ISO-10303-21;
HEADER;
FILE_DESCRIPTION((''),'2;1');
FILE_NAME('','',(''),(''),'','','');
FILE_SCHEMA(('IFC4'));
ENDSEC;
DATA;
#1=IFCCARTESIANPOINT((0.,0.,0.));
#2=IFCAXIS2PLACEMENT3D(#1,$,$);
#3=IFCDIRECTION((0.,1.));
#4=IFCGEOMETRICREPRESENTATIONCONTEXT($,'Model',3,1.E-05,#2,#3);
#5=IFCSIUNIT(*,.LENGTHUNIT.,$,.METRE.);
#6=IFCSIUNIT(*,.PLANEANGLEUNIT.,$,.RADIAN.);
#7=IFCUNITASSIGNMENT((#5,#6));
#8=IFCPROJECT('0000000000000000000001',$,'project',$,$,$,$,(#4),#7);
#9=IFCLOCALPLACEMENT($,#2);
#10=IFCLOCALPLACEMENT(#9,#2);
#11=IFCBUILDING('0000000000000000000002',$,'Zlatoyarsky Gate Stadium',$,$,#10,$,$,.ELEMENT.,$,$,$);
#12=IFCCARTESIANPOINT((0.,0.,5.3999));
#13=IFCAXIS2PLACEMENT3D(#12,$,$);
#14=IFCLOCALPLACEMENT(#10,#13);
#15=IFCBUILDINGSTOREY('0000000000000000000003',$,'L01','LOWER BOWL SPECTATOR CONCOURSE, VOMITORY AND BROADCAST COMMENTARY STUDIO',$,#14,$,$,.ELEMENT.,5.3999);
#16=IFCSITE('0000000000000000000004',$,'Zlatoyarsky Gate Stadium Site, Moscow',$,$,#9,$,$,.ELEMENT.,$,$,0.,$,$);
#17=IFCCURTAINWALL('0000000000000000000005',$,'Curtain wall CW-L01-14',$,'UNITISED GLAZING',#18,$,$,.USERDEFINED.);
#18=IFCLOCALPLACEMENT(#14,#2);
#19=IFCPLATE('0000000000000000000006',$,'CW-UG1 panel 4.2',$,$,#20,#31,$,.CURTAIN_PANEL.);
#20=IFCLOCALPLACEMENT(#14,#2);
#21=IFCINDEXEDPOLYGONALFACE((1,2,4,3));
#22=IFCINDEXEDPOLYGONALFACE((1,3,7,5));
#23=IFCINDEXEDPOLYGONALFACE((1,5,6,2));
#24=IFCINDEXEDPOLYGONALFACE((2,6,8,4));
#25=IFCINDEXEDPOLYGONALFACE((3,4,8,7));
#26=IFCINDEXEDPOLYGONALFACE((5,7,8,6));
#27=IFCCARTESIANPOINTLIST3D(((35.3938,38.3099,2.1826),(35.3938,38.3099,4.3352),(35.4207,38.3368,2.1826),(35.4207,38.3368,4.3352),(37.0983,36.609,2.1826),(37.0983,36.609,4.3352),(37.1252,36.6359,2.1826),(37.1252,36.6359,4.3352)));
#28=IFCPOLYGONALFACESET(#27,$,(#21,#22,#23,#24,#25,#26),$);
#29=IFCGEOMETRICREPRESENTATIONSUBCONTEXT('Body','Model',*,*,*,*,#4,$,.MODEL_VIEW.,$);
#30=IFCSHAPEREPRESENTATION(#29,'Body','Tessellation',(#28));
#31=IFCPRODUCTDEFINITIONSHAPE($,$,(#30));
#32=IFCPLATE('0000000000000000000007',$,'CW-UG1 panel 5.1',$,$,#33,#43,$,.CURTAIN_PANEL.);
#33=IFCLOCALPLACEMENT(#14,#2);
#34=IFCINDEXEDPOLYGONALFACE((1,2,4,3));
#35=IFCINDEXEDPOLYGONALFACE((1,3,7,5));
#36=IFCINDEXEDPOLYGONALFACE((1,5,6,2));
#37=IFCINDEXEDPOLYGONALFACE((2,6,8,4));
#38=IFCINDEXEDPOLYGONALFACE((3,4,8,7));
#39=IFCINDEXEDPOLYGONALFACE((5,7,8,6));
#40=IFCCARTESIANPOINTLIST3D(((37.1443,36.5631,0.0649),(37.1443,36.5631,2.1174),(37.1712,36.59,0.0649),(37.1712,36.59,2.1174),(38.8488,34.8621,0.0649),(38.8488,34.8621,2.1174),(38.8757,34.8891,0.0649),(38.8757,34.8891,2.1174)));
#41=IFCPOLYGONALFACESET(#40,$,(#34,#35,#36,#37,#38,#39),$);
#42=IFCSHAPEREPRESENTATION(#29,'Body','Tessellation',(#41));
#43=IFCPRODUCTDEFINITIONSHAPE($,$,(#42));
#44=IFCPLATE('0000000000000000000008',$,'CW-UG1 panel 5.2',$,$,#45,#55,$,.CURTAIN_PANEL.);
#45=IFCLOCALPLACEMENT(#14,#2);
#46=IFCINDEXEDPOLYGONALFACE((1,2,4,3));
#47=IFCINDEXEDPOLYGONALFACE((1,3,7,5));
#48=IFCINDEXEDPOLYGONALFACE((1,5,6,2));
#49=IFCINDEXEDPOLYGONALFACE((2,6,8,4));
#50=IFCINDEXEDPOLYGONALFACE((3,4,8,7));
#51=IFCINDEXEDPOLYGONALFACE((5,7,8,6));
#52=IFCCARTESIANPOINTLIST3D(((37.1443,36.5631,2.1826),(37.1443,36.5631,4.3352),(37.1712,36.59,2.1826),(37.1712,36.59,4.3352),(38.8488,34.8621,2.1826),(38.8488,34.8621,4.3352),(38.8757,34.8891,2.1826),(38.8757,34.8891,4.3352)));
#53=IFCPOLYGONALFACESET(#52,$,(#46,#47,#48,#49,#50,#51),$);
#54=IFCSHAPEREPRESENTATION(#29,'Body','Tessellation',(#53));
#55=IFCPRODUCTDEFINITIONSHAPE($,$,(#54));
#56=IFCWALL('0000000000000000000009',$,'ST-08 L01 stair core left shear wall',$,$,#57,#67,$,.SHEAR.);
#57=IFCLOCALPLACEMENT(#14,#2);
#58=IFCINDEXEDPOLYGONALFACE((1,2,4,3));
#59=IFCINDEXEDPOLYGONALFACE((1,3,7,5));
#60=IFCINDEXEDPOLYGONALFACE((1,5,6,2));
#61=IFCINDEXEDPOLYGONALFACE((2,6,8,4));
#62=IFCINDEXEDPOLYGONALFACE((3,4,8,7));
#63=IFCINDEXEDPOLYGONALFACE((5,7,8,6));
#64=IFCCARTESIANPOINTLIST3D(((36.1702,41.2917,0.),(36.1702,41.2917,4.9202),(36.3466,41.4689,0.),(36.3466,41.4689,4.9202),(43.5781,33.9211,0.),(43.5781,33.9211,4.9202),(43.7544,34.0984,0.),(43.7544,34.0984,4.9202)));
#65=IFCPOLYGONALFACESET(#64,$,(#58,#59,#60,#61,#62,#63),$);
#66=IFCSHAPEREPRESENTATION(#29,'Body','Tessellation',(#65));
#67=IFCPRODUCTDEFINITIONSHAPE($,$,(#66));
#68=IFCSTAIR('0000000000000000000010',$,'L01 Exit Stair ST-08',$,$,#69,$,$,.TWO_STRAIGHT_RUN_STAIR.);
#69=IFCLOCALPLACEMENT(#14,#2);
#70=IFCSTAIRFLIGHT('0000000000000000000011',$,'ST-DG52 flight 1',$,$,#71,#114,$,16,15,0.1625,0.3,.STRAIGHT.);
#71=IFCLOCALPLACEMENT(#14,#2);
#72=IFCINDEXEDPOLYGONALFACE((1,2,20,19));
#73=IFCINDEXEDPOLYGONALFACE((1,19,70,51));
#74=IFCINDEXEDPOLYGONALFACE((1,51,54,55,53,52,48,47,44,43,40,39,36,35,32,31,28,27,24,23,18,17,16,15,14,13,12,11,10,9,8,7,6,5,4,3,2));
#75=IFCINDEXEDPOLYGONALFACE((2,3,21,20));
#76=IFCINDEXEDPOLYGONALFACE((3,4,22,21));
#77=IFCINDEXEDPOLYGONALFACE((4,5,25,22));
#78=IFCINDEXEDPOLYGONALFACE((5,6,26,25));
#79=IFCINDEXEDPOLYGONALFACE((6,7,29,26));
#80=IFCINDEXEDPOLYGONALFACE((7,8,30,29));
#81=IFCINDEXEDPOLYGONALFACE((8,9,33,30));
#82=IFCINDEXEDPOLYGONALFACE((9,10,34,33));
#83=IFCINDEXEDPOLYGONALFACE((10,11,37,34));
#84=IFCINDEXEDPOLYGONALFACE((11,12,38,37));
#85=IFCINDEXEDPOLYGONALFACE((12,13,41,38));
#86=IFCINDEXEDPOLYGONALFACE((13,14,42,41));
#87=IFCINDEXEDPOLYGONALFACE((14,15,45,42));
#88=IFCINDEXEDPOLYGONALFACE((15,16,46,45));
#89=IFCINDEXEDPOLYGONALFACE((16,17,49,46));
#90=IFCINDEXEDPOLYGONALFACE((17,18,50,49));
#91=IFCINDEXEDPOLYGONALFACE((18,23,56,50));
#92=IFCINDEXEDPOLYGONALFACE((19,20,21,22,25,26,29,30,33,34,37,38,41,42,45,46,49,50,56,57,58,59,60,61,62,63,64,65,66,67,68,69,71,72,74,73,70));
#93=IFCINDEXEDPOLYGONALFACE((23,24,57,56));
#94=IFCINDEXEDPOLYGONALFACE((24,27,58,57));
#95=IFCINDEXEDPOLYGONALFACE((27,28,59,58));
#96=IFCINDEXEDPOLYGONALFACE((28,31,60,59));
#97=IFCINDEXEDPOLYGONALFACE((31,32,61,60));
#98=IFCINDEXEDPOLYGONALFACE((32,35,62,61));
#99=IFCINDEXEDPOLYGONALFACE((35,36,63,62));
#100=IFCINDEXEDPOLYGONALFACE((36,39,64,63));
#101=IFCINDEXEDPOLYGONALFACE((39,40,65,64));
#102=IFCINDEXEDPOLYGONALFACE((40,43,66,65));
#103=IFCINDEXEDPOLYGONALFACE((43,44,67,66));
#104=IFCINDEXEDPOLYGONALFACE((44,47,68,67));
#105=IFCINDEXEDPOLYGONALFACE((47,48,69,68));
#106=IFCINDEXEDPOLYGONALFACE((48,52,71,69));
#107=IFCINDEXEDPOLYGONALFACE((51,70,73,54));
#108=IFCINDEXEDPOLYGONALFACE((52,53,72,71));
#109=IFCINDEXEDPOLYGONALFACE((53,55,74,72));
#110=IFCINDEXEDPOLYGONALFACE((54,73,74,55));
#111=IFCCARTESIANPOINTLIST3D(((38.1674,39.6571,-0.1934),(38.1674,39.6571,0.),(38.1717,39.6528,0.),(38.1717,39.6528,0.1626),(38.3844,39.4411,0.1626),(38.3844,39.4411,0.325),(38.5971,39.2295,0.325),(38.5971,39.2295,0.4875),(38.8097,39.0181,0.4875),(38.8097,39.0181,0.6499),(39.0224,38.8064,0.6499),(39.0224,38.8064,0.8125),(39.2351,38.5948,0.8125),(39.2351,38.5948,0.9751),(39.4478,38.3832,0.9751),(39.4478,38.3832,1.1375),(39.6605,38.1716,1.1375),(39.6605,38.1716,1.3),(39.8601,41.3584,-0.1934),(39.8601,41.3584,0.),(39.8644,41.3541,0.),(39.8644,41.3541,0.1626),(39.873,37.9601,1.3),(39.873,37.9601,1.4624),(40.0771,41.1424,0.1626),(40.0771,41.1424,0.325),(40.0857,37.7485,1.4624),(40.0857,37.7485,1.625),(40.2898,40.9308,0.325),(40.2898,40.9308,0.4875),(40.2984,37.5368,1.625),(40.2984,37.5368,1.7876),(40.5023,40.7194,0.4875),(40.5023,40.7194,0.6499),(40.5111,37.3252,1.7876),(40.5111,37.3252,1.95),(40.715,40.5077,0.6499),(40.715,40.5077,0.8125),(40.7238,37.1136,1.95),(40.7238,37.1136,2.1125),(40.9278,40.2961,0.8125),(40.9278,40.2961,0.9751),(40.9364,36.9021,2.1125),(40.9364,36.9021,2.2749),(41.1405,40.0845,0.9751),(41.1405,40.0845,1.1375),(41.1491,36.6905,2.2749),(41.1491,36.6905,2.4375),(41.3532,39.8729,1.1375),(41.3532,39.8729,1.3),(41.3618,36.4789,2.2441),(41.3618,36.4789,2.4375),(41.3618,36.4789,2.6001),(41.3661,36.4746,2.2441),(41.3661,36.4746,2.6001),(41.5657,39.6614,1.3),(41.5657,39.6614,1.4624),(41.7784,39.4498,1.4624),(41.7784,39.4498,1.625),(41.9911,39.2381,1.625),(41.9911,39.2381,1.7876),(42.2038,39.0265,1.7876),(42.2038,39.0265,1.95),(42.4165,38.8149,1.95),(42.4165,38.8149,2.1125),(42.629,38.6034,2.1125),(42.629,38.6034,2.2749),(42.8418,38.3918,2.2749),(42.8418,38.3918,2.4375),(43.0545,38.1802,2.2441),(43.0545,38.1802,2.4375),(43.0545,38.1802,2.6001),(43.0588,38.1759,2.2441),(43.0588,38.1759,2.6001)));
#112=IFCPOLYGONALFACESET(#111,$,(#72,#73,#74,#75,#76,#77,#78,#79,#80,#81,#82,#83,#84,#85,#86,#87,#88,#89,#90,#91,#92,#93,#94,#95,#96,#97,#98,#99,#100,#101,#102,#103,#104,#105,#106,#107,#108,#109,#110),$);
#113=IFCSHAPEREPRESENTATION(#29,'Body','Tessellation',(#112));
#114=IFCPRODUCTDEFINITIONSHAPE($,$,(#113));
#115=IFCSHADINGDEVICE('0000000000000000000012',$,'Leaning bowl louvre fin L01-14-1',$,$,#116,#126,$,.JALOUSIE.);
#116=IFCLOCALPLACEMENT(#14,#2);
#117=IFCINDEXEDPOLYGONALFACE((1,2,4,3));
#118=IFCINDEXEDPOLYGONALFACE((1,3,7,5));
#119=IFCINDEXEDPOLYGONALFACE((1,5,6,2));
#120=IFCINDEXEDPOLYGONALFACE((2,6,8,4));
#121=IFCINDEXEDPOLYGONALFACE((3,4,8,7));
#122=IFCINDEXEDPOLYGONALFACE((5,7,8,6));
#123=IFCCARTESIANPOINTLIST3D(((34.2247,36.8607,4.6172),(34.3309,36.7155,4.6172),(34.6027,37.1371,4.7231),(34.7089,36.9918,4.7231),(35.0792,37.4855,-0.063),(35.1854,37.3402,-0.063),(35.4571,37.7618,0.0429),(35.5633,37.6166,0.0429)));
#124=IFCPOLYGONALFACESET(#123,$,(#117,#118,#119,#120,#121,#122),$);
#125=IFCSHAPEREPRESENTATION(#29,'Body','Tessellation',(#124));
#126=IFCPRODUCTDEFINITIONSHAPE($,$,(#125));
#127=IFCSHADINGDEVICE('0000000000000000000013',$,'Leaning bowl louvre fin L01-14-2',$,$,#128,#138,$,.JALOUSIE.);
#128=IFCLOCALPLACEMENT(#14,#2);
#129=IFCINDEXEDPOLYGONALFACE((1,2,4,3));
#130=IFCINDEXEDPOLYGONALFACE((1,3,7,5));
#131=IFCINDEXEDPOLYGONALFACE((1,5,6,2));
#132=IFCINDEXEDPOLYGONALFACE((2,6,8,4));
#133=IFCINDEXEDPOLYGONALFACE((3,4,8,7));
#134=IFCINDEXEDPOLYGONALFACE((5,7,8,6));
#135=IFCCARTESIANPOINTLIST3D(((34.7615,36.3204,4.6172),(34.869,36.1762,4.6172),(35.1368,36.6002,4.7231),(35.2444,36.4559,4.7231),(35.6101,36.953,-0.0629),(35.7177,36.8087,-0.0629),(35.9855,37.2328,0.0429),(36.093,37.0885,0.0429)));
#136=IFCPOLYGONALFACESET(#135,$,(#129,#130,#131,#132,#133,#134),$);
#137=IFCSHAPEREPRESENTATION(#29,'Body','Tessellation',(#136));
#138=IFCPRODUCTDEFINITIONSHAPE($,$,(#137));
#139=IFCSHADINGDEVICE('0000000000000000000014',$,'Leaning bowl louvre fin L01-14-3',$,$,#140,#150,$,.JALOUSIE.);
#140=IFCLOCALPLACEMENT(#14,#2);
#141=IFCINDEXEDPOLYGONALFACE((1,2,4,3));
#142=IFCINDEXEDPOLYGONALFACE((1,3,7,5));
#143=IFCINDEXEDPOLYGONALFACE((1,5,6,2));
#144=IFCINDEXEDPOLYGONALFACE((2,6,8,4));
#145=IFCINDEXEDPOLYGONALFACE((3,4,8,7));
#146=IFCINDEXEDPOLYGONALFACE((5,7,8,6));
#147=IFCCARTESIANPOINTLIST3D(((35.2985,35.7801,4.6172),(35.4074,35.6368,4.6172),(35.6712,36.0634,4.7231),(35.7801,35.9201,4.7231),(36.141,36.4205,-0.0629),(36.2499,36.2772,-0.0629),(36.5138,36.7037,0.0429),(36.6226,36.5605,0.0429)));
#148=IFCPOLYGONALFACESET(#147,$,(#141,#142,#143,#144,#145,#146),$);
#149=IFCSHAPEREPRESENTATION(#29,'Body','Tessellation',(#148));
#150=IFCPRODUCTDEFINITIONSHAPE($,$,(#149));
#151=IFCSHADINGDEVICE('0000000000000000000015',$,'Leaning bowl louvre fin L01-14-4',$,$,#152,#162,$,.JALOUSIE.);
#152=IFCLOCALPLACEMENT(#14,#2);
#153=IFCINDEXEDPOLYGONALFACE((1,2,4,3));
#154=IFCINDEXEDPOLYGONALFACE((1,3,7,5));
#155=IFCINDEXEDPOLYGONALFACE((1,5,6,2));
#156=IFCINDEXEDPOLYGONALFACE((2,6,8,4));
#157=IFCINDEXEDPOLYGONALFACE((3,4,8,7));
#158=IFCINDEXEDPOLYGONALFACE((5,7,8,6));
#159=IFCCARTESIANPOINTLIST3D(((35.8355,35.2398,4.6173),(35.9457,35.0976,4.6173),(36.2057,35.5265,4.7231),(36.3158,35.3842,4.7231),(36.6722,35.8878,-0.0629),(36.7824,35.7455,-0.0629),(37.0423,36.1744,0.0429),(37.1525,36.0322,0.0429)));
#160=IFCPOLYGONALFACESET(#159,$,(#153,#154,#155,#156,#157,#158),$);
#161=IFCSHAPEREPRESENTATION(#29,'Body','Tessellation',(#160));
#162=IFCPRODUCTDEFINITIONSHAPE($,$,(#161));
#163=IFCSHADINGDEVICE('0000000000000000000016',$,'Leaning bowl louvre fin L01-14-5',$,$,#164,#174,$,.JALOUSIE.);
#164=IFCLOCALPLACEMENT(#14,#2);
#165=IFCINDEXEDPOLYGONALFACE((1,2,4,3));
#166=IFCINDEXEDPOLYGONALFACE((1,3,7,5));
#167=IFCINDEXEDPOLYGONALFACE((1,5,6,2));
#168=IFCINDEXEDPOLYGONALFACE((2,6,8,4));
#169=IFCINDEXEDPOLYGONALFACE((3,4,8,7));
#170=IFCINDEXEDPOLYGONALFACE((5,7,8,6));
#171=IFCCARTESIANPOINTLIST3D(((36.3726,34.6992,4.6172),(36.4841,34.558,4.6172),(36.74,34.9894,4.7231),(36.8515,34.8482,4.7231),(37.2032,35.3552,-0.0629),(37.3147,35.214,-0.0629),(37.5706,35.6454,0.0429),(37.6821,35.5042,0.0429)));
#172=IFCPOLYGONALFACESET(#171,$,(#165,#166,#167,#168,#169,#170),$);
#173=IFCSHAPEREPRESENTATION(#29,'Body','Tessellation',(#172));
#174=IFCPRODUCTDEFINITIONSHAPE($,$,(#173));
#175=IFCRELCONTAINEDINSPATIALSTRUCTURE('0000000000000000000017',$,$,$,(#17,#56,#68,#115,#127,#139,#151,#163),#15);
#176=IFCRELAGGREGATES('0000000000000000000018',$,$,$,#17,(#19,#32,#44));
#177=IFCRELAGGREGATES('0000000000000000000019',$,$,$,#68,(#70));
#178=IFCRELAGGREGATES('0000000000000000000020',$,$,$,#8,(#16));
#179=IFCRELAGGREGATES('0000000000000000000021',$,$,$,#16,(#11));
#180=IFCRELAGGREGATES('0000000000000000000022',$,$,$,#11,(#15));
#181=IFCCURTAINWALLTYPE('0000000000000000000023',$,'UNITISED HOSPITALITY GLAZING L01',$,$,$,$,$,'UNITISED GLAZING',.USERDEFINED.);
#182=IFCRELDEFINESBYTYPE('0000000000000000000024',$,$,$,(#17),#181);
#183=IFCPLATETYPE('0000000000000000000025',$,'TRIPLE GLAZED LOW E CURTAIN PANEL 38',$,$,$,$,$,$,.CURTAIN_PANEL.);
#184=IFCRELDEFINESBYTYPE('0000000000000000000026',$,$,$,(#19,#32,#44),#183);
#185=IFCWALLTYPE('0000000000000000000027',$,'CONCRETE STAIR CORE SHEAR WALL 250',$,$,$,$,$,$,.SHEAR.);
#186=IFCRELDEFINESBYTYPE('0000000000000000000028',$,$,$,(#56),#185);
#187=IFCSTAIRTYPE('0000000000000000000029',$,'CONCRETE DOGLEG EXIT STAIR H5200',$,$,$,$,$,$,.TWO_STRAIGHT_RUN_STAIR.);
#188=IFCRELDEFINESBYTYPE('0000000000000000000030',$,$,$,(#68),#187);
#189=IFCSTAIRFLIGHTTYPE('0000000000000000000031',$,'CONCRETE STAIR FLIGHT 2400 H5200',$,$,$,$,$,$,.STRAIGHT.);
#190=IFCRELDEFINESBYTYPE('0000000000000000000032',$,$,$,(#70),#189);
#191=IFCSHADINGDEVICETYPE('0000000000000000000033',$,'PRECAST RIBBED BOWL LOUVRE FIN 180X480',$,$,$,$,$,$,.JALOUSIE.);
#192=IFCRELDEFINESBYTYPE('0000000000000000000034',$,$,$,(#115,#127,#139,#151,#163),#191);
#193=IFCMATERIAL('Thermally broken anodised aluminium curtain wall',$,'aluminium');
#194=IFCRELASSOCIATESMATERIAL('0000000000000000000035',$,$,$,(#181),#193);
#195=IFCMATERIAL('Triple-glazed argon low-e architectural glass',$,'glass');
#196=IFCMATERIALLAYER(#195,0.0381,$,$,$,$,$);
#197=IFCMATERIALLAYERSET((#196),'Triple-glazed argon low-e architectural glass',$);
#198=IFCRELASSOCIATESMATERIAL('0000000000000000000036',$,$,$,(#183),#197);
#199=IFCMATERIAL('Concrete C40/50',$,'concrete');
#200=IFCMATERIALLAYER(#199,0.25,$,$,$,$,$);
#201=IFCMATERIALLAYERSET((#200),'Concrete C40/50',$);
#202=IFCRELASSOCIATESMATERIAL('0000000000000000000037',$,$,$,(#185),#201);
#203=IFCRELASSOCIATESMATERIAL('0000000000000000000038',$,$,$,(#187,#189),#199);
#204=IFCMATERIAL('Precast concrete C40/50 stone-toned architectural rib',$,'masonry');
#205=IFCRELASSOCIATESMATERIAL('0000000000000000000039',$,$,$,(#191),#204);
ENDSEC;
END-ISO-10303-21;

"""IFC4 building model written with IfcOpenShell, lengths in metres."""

from ifc_helpers import new_model, si_unit, direction, frame, frame_2d, origin, origin_2d, place, context, subcontext, project, spatial, polyline, rectangle, outline, extrude, material, layer, layer_set, material_profile, profile_set, type_object, element, aggregate, save


model = new_model("IFC4")

# Units and contexts
model_context = context("Model", 3, precision=1e-05, world=origin(), true_north=direction((0.0, 1.0)))
body_context = subcontext(model_context, "Body", "Model", "MODEL_VIEW")
ifc_project = project(units=[si_unit("LENGTHUNIT", "METRE"), si_unit("PLANEANGLEUNIT", "RADIAN")], contexts=[model_context])

# Site, building, storey
site_placement = place(None, origin())
site = spatial("IfcSite", under=ifc_project, at=site_placement, Name="Zlatoyarsky Gate Stadium Site, Moscow", CompositionType="ELEMENT", RefElevation=0.0)
building_placement = place(site_placement, origin())
building = spatial("IfcBuilding", under=site, at=building_placement, Name="Zlatoyarsky Gate Stadium", CompositionType="ELEMENT")
storey_placement = place(building_placement, frame((0.0, 0.0, 5.3999)))
storey = spatial("IfcBuildingStorey", under=building, at=storey_placement, Name="L01", Description="LOWER BOWL SPECTATOR CONCOURSE, VOMITORY AND BROADCAST COMMENTARY STUDIO", CompositionType="ELEMENT", Elevation=5.3999)

# Curtain wall
ifc_material_1 = material(Name="Thermally broken anodised aluminium curtain wall", Category="aluminium")
curtain_wall_type = type_object("IfcCurtainWallType", Name="UNITISED HOSPITALITY GLAZING L01", ElementType="UNITISED GLAZING", PredefinedType="USERDEFINED", material=ifc_material_1)
curtain_wall_placement = place(storey_placement, origin())
curtain_wall = element("IfcCurtainWall", 1, at=curtain_wall_placement, inside=storey, type_object=curtain_wall_type, Name="Curtain wall CW-L01-14", ObjectType="UNITISED GLAZING", PredefinedType="USERDEFINED")

# Plates
ifc_material_2 = material(Name="Triple-glazed argon low-e architectural glass", Category="glass")
ifc_layer_1 = layer(ifc_material_2, 0.0381)
ifc_layer_set_1 = layer_set([ifc_layer_1], Name="Triple-glazed argon low-e architectural glass")
plate_type_1 = type_object("IfcPlateType", Name="TRIPLE GLAZED LOW E CURTAIN PANEL 38", PredefinedType="CURTAIN_PANEL", material=ifc_layer_set_1)
plate_1_placement = place(storey_placement, frame((36.2595, 37.4729, 2.1826), z_axis=(0.0, 0.0, 1.0), x_axis=(0.707839, -0.706373, 0.0)))
plate_1 = element("IfcPlate", 2, at=plate_1_placement, type_object=plate_type_1, Name="CW-UG1 panel 4.2", PredefinedType="CURTAIN_PANEL", context=body_context, shape_type="SweptSolid", body=[
    extrude(rectangle(XDim=2.408, YDim=0.0381, at=origin_2d()), origin(), (0.0, 0.0, 1.0), 2.1526),
])
plate_2_placement = place(storey_placement, frame((38.01, 35.7261, 0.0649), z_axis=(0.0, 0.0, 1.0), x_axis=(0.707839, -0.706373, 0.0)))
plate_2 = element("IfcPlate", 3, at=plate_2_placement, type_object=plate_type_1, Name="CW-UG1 panel 5.1", PredefinedType="CURTAIN_PANEL", context=body_context, shape_type="SweptSolid", body=[
    extrude(rectangle(XDim=2.408, YDim=0.0381, at=origin_2d()), origin(), (0.0, 0.0, 1.0), 2.0525),
])
plate_3_placement = place(storey_placement, frame((38.01, 35.7261, 2.1826), z_axis=(0.0, 0.0, 1.0), x_axis=(0.707839, -0.706373, 0.0)))
plate_3 = element("IfcPlate", 4, at=plate_3_placement, type_object=plate_type_1, Name="CW-UG1 panel 5.2", PredefinedType="CURTAIN_PANEL", context=body_context, shape_type="SweptSolid", body=[
    extrude(rectangle(XDim=2.408, YDim=0.0381, at=origin_2d()), origin(), (0.0, 0.0, 1.0), 2.1526),
])
aggregate(curtain_wall, [plate_1, plate_2, plate_3])

# Wall
ifc_material_3 = material(Name="Concrete C40/50", Category="concrete")
ifc_layer_2 = layer(ifc_material_3, 0.25)
ifc_layer_set_2 = layer_set([ifc_layer_2], Name="Concrete C40/50")
wall_type = type_object("IfcWallType", Name="CONCRETE STAIR CORE SHEAR WALL 250", PredefinedType="SHEAR", material=ifc_layer_set_2)
wall_placement = place(storey_placement, frame((36.2583, 41.3804, 0.0), z_axis=(0.0, 0.0, 1.0), x_axis=(0.708892, -0.705317, 0.0)))
element("IfcWall", 5, at=wall_placement, inside=storey, type_object=wall_type, Name="ST-08 L01 stair core left shear wall", PredefinedType="SHEAR", context=body_context, shape_type="SweptSolid", body=[
    extrude(rectangle(XDim=10.45, YDim=0.25, at=frame_2d((5.2251, 0.0))), origin(), (0.0, 0.0, 1.0), 4.9202),
])

# Stair, stair flight
stair_type = type_object("IfcStairType", Name="CONCRETE DOGLEG EXIT STAIR H5200", PredefinedType="TWO_STRAIGHT_RUN_STAIR", material=ifc_material_3)
stair_placement = place(storey_placement, origin())
stair = element("IfcStair", 6, at=stair_placement, inside=storey, type_object=stair_type, Name="L01 Exit Stair ST-08", PredefinedType="TWO_STRAIGHT_RUN_STAIR")
stair_flight_type = type_object("IfcStairFlightType", Name="CONCRETE STAIR FLIGHT 2400 H5200", PredefinedType="STRAIGHT", material=ifc_material_3)
stair_flight_placement = place(storey_placement, frame((39.0181, 40.5034, 0.0), z_axis=(0.0, 0.0, 1.0), x_axis=(0.708901, -0.705308, 0.0)))
stair_flight = element("IfcStairFlight", 7, at=stair_flight_placement, type_object=stair_flight_type, Name="ST-DG52 flight 1", NumberOfRisers=16, NumberOfTreads=15, PredefinedType="STRAIGHT", RiserHeight=0.1625, TreadLength=0.3, context=body_context, shape_type="SweptSolid", body=[
    extrude(outline(polyline([(-0.0061, -0.1934), (-0.0061, 0.0), (0.0, 0.0), (0.0, 0.1626), (0.3, 0.1626), (0.3, 0.325), (0.6001, 0.325), (0.6001, 0.4875), (0.8999, 0.4875), (0.8999, 0.6499), (1.2, 0.6499), (1.2, 0.8125), (1.5, 0.8125), (1.5, 0.9751), (1.8, 0.9751), (1.8, 1.1375), (2.1001, 1.1375), (2.1001, 1.3), (2.3999, 1.3), (2.3999, 1.4624), (2.7, 1.4624), (2.7, 1.625), (3.0, 1.625), (3.0, 1.7876), (3.3, 1.7876), (3.3, 1.95), (3.6001, 1.95), (3.6001, 2.1125), (3.8999, 2.1125), (3.8999, 2.2749), (4.2, 2.2749), (4.2, 2.4375), (4.5, 2.4375), (4.5, 2.6001), (4.5061, 2.6001), (4.5061, 2.2441), (4.5, 2.2441), (-0.0061, -0.1934)])), frame((0.0, 1.2, 0.0), z_axis=(0.0, -1.0, 0.0), x_axis=(1.0, 0.0, 0.0)), (0.0, 0.0, 1.0), 2.3999),
])
aggregate(stair, [stair_flight])

# Shading devices
ifc_material_4 = material(Name="Precast concrete C40/50 stone-toned architectural rib", Category="masonry")
ifc_material_profile_1 = material_profile(ifc_material_4, rectangle(XDim=0.1799, YDim=0.48, at=origin_2d()), Name="RIB 180X480")
ifc_profile_set_1 = profile_set([ifc_material_profile_1], Name="Precast concrete C40/50 stone-toned architectural rib")
shading_device_type = type_object("IfcShadingDeviceType", Name="PRECAST RIBBED BOWL LOUVRE FIN 180X480", PredefinedType="JALOUSIE", material=ifc_profile_set_1)
for number, where, z_axis, x_axis, name in (
    (8, (35.3213, 37.551, -0.01), (-0.178079, -0.130201, 0.975364), (0.590213, -0.807247, 0.0), "Leaning bowl louvre fin L01-14-1"),
    (9, (35.8516, 37.0208, -0.01), (-0.176859, -0.13183, 0.975368), (0.597635, -0.801768, 0.0), "Leaning bowl louvre fin L01-14-2"),
    (10, (36.3818, 36.4905, -0.01), (-0.175588, -0.133459, 0.975376), (0.605118, -0.796136, 0.0), "Leaning bowl louvre fin L01-14-3"),
    (11, (36.9124, 35.96, -0.01), (-0.174367, -0.135037, 0.975377), (0.612294, -0.79063, 0.0), "Leaning bowl louvre fin L01-14-4"),
    (12, (37.4426, 35.4297, -0.01), (-0.173094, -0.136715, 0.97537), (0.619816, -0.784747, 0.0), "Leaning bowl louvre fin L01-14-5"),
):
    element("IfcShadingDevice", number, at=place(storey_placement, frame(where, z_axis=z_axis, x_axis=x_axis)), inside=storey, type_object=shading_device_type, Name=name, PredefinedType="JALOUSIE", context=body_context, shape_type="SweptSolid", body=[
        extrude(rectangle(XDim=0.1799, YDim=0.48, at=origin_2d()), origin(), (0.0, 0.0, 1.0), 4.7983),
    ])

save(model, "model.ifc")
